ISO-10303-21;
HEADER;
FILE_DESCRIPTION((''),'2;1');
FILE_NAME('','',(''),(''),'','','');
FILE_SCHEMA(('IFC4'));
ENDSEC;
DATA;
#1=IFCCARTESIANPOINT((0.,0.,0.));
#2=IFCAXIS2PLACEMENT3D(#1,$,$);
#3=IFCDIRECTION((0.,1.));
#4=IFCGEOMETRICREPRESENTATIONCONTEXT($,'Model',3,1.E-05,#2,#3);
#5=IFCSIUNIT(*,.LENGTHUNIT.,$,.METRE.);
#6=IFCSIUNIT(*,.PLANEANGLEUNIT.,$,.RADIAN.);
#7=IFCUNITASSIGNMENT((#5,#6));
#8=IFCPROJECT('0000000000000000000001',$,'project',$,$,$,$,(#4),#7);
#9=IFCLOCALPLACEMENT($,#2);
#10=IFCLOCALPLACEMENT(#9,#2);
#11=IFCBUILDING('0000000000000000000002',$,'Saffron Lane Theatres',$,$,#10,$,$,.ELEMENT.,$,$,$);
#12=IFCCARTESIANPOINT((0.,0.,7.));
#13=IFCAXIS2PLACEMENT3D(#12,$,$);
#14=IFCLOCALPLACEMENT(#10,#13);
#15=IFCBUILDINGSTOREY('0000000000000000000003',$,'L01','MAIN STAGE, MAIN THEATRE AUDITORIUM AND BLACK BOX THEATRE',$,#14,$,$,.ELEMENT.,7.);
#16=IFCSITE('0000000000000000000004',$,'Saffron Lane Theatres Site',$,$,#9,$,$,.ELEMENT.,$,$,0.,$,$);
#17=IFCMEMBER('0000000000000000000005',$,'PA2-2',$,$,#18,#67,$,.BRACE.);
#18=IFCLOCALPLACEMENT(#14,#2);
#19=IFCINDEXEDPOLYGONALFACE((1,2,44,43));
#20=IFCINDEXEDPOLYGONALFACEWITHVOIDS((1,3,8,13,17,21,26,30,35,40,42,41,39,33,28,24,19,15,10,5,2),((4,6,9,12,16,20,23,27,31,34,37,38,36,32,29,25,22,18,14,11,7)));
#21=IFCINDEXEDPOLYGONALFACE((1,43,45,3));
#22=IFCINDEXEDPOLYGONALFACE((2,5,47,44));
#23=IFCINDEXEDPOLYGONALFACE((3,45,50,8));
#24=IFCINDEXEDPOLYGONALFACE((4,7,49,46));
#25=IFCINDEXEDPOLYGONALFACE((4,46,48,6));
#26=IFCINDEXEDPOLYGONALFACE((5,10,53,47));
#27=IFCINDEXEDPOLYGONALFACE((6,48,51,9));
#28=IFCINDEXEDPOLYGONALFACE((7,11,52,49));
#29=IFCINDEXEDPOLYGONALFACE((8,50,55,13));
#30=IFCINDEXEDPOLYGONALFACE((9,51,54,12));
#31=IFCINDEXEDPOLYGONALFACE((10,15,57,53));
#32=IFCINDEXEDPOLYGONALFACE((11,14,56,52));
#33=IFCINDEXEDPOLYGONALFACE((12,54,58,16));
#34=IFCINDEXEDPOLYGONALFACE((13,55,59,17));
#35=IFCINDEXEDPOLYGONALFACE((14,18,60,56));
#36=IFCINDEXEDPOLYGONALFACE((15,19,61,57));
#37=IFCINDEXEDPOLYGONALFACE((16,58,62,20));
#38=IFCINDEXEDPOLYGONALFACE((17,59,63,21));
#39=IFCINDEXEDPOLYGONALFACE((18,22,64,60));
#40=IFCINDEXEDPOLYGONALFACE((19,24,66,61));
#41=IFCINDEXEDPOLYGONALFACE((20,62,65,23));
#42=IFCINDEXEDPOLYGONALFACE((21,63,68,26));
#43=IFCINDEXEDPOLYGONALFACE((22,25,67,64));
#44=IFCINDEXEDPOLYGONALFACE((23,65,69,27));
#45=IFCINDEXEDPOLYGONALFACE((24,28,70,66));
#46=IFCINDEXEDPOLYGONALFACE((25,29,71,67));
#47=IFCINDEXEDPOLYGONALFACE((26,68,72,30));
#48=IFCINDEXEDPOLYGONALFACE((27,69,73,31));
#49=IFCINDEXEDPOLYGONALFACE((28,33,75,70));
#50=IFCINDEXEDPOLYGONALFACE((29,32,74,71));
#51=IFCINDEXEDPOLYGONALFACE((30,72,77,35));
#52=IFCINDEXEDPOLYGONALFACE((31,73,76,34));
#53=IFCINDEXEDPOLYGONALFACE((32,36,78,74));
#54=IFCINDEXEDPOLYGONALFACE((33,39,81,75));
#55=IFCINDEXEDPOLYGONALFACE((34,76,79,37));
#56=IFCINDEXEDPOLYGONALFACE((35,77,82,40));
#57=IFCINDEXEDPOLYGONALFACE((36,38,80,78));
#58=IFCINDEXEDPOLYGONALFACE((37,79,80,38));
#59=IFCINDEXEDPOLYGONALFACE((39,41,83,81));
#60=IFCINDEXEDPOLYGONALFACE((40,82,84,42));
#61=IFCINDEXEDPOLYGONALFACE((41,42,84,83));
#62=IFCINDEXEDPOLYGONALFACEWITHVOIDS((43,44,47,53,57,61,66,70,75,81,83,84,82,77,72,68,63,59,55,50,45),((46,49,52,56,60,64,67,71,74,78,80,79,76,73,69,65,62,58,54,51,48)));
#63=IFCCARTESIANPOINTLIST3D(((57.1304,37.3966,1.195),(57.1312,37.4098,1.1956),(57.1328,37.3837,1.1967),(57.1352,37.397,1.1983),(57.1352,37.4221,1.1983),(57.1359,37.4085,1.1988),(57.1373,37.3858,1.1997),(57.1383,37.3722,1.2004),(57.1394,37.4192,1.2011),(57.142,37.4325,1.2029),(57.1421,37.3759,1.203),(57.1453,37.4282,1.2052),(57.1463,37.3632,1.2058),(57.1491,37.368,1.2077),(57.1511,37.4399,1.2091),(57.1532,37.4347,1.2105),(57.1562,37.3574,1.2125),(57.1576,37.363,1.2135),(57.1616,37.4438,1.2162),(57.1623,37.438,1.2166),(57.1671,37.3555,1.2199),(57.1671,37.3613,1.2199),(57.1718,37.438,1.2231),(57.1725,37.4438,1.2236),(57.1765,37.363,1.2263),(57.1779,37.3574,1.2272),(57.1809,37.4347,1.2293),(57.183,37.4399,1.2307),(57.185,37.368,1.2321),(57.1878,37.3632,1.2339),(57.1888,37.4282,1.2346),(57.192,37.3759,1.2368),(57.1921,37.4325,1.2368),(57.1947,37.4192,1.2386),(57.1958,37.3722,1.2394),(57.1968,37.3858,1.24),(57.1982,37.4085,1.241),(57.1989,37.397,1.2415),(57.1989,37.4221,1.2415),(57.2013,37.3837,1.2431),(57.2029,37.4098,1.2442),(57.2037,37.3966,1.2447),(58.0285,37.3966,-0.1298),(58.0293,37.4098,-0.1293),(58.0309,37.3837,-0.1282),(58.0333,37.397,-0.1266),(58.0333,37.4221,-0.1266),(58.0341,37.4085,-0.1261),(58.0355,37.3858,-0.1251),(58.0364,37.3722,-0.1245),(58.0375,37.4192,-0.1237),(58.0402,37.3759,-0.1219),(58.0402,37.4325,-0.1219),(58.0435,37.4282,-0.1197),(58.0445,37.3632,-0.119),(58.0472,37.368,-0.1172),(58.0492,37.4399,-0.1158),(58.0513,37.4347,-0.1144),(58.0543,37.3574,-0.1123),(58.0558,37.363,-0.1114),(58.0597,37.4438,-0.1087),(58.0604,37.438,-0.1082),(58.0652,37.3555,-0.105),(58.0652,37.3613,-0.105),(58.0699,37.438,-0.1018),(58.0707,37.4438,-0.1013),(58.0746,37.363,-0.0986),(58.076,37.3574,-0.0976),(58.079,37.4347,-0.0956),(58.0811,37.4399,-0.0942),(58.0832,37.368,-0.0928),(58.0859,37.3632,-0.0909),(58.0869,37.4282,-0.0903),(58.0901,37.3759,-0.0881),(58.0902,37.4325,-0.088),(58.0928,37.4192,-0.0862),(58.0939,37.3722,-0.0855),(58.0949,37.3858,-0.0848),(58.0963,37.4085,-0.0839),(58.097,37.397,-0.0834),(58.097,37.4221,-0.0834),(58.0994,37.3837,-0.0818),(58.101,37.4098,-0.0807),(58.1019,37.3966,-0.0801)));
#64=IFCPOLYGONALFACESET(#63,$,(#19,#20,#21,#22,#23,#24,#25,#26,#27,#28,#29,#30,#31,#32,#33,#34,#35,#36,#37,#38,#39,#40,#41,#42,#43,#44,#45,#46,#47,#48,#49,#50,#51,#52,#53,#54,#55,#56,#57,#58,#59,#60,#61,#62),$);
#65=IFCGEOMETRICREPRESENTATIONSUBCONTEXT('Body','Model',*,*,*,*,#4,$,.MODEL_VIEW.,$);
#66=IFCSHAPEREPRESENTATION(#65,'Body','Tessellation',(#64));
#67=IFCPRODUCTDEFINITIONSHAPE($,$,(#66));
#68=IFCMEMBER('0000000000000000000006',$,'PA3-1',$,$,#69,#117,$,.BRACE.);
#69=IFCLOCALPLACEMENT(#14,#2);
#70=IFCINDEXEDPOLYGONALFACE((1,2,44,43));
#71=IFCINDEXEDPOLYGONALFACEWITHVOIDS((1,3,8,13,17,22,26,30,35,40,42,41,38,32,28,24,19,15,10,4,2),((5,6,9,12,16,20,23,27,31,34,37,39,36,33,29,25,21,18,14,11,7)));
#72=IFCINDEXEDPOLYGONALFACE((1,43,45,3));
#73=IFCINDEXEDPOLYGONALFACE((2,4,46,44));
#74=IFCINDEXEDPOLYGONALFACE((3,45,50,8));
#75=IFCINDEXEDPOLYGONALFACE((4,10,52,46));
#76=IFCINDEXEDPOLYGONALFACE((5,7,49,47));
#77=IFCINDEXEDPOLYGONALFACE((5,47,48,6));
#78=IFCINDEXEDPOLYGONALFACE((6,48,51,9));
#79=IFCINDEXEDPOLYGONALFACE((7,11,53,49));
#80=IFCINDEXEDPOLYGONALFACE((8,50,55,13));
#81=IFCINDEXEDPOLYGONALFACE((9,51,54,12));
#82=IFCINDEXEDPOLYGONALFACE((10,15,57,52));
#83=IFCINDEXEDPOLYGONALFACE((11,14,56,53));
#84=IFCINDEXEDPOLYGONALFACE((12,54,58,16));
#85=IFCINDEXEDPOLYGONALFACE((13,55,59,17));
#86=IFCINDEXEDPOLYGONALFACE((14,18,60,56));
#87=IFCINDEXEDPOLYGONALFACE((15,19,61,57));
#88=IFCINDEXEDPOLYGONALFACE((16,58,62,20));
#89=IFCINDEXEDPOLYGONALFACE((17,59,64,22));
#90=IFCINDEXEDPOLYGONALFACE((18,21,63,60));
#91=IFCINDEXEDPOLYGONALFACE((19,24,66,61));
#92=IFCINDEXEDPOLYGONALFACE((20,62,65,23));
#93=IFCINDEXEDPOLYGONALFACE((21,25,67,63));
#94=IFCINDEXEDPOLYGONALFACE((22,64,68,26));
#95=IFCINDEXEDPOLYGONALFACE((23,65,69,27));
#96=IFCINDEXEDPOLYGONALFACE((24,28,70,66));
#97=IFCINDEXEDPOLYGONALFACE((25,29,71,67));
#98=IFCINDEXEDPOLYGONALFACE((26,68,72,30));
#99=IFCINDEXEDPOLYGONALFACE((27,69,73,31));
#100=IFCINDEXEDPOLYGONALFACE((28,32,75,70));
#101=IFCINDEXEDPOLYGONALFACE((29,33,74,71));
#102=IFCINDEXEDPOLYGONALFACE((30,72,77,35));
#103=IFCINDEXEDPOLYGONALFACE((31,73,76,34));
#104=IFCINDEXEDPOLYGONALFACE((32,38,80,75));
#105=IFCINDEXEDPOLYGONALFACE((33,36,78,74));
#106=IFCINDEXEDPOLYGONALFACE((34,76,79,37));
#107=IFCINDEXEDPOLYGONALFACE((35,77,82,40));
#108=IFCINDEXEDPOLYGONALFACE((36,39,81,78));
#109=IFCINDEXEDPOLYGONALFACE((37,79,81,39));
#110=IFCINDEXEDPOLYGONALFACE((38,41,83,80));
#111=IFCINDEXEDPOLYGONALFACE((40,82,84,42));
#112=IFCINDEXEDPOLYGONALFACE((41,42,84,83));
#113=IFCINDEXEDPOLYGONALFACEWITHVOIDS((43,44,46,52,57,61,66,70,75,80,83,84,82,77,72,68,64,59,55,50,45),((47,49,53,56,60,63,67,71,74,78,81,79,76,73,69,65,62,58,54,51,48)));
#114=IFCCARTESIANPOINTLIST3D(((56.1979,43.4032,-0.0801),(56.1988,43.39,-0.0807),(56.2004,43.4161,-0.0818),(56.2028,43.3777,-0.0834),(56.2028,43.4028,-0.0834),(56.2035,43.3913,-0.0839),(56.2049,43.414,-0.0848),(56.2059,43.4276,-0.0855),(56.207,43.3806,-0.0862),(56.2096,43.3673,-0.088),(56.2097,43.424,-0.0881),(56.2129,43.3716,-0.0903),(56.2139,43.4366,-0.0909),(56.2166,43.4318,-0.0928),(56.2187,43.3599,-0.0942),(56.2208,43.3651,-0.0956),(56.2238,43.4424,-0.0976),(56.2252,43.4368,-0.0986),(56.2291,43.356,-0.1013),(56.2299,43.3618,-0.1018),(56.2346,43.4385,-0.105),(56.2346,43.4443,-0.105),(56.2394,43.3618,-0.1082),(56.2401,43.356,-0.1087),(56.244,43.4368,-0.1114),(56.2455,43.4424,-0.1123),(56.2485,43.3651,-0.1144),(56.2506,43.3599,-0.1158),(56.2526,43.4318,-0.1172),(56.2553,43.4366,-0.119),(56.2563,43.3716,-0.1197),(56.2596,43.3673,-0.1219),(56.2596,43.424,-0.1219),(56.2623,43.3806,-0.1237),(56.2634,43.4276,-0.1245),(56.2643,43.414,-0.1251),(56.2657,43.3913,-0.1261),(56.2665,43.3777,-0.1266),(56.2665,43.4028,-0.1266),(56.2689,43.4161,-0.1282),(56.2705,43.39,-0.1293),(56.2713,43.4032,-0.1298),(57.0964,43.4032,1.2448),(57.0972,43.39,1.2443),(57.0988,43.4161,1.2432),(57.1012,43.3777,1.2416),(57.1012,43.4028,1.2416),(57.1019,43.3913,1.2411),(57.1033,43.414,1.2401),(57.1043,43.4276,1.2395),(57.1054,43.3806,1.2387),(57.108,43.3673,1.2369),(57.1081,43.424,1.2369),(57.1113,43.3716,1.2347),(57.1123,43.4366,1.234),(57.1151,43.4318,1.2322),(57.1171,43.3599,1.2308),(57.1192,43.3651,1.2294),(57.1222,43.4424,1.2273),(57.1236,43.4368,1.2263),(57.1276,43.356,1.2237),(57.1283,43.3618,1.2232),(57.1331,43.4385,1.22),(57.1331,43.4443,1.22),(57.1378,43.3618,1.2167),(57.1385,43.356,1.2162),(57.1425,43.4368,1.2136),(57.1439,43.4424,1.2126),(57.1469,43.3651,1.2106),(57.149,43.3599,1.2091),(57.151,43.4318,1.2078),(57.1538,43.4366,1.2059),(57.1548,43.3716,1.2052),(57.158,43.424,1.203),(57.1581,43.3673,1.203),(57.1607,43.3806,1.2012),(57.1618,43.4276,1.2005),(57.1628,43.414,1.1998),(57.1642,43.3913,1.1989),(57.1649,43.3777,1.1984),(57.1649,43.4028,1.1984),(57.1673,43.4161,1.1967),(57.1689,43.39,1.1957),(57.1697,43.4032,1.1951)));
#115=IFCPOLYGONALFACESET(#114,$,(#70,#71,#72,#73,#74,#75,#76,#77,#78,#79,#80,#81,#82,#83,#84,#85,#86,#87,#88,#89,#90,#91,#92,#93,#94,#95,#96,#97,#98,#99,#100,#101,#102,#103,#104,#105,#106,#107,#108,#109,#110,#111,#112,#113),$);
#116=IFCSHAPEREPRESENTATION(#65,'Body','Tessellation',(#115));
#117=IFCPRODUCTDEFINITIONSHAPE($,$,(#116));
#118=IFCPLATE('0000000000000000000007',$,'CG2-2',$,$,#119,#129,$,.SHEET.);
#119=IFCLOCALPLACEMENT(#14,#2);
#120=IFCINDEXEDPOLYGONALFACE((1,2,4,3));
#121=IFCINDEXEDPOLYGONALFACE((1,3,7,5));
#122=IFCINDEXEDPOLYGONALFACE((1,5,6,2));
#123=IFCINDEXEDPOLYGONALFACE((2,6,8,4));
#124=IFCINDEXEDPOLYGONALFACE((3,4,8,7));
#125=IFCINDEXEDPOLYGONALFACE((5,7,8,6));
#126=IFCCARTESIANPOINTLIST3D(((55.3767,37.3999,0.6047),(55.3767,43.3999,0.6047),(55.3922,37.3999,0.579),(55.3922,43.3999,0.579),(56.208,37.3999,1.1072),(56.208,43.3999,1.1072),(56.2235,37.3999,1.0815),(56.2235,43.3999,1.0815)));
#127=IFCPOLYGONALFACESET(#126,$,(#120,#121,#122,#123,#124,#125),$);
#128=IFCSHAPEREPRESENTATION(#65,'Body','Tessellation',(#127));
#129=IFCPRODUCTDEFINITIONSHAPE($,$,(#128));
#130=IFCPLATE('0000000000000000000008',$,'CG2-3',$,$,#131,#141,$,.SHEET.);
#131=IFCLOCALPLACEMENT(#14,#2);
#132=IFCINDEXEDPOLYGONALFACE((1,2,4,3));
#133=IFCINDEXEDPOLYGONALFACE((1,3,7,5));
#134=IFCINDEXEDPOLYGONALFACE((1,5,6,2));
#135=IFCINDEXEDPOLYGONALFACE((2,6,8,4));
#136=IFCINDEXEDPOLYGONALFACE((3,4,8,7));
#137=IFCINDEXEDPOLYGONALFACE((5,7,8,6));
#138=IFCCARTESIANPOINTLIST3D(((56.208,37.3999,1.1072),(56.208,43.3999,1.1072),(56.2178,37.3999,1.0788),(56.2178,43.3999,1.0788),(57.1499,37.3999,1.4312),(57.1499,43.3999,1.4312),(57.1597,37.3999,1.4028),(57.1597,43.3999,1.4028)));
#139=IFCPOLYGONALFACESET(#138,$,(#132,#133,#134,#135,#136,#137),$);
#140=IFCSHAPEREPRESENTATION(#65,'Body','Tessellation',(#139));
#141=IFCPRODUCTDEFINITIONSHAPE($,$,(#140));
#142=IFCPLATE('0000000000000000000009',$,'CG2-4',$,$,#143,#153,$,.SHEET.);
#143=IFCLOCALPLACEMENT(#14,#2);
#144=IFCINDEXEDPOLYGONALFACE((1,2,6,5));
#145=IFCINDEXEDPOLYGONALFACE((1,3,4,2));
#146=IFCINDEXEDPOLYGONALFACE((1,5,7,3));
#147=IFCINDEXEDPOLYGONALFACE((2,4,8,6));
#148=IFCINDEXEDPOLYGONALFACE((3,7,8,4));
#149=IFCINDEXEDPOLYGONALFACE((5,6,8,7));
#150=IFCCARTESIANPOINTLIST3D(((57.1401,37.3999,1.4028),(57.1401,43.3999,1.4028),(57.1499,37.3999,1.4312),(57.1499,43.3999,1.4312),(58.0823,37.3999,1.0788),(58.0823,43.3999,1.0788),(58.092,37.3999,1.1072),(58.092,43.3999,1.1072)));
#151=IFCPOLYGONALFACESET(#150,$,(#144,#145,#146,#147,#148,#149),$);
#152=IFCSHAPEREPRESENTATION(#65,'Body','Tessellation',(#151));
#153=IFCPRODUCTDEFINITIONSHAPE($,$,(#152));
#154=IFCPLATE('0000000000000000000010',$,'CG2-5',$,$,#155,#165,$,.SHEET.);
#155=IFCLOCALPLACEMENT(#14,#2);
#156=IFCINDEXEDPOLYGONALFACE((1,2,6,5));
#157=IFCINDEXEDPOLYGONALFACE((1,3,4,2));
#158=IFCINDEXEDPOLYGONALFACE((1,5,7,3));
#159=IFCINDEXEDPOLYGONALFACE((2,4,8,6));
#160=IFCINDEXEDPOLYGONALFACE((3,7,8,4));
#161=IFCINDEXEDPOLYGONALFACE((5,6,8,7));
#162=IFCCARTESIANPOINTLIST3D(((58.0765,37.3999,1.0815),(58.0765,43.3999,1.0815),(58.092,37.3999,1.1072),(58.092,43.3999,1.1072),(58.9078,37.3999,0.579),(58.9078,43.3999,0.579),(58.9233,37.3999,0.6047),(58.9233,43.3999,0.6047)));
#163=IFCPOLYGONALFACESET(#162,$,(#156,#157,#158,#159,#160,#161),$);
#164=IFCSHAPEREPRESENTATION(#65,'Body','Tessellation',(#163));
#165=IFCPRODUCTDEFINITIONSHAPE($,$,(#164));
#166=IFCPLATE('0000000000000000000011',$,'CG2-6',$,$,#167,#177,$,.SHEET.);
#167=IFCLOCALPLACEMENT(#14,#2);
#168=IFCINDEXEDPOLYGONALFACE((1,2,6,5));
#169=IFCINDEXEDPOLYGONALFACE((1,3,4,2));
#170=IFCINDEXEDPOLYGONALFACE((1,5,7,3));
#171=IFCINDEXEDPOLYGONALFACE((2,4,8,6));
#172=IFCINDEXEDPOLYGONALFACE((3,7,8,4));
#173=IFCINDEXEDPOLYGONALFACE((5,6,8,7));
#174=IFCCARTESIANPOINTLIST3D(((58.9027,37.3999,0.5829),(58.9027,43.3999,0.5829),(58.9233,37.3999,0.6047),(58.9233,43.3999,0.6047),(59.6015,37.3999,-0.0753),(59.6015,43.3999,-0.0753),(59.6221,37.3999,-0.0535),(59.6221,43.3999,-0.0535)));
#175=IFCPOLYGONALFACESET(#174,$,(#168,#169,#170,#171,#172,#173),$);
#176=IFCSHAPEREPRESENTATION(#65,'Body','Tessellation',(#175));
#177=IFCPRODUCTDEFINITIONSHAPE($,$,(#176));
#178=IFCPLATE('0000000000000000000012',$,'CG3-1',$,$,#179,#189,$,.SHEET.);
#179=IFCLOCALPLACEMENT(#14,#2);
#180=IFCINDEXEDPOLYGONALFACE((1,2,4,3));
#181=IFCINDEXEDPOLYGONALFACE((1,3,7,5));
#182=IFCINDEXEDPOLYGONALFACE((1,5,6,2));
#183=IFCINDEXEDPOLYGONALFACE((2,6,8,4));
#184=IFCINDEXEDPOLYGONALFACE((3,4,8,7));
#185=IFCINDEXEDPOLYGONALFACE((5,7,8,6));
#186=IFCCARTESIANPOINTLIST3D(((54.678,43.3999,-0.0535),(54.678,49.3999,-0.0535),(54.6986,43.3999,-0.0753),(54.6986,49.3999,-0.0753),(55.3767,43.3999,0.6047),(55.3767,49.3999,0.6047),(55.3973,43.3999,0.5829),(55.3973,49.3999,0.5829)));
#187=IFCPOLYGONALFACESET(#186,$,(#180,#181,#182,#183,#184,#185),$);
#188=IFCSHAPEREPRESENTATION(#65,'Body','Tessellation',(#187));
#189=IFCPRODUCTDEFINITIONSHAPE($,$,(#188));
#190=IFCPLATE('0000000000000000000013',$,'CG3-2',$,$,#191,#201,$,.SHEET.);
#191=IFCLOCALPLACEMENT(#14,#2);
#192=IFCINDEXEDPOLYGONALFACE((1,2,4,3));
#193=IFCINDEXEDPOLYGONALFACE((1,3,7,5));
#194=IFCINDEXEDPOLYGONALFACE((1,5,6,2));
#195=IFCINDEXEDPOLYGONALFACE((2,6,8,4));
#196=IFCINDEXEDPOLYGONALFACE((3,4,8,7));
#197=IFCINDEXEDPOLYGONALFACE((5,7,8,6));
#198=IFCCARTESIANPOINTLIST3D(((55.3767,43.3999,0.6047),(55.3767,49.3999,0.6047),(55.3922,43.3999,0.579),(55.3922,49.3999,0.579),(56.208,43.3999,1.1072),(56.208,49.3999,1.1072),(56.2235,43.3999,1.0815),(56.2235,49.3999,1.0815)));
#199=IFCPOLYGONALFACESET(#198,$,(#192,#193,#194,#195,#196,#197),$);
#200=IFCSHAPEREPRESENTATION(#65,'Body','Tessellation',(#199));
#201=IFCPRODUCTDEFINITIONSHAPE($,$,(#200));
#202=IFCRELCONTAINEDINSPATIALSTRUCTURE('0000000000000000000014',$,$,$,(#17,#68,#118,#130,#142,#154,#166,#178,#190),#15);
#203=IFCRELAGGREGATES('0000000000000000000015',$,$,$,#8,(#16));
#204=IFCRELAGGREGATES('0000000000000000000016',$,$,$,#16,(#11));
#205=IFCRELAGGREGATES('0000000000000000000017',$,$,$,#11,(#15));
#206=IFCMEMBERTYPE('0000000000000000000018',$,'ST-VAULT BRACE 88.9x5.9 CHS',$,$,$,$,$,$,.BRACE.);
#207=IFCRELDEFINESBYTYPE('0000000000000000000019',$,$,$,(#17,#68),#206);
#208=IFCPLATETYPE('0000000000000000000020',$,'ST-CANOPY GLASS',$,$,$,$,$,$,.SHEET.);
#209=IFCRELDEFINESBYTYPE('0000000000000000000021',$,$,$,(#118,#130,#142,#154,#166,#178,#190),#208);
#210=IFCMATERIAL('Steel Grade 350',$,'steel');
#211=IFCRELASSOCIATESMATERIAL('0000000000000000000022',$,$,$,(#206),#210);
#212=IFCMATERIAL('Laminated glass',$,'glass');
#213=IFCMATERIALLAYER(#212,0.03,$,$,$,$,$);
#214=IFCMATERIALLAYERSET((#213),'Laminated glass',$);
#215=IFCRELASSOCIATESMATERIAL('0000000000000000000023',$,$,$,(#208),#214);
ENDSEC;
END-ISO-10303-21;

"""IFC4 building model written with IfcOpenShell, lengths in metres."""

from ifc_helpers import new_model, si_unit, direction, frame, origin, origin_2d, place, context, subcontext, project, spatial, polyline, hollow_circle, outline, extrude, material, layer, layer_set, material_profile, profile_set, type_object, element, save


model = new_model("IFC4")

# Units and contexts
model_context = context("Model", 3, precision=1e-05, world=origin(), true_north=direction((0.0, 1.0)))
body_context = subcontext(model_context, "Body", "Model", "MODEL_VIEW")
ifc_project = project(units=[si_unit("LENGTHUNIT", "METRE"), si_unit("PLANEANGLEUNIT", "RADIAN")], contexts=[model_context])

# Site, building, storey
site_placement = place(None, origin())
site = spatial("IfcSite", under=ifc_project, at=site_placement, Name="Saffron Lane Theatres Site", CompositionType="ELEMENT", RefElevation=0.0)
building_placement = place(site_placement, origin())
building = spatial("IfcBuilding", under=site, at=building_placement, Name="Saffron Lane Theatres", CompositionType="ELEMENT")
storey_placement = place(building_placement, frame((0.0, 0.0, 7.0)))
storey = spatial("IfcBuildingStorey", under=building, at=storey_placement, Name="L01", Description="MAIN STAGE, MAIN THEATRE AUDITORIUM AND BLACK BOX THEATRE", CompositionType="ELEMENT", Elevation=7.0)

# Members
ifc_material_1 = material(Name="Steel Grade 350", Category="steel")
ifc_material_profile_1 = material_profile(ifc_material_1, hollow_circle(Radius=0.0444, WallThickness=0.0059, at=origin_2d()))
ifc_profile_set_1 = profile_set([ifc_material_profile_1], Name="Steel Grade 350")
member_type = type_object("IfcMemberType", Name="ST-VAULT BRACE 88.9x5.9 CHS", PredefinedType="BRACE", material=ifc_profile_set_1)
member_1_placement = place(storey_placement, frame((58.0652, 37.3999, -0.105), z_axis=(-0.561125, 0.0, 0.827731), x_axis=(0.0, -1.0, 0.0)))
element("IfcMember", 1, at=member_1_placement, inside=storey, type_object=member_type, Name="PA2-2", PredefinedType="BRACE", context=body_context, shape_type="SweptSolid", body=[
    extrude(hollow_circle(Radius=0.0444, WallThickness=0.0059, at=origin_2d()), origin(), (0.0, 0.0, 1.0), 1.6006),
])
member_2_placement = place(storey_placement, frame((56.2346, 43.3999, -0.105), z_axis=(0.561229, 0.0, 0.82766), x_axis=(0.0, 1.0, 0.0)))
element("IfcMember", 2, at=member_2_placement, inside=storey, type_object=member_type, Name="PA3-1", PredefinedType="BRACE", context=body_context, shape_type="SweptSolid", body=[
    extrude(hollow_circle(Radius=0.0444, WallThickness=0.0059, at=origin_2d()), origin(), (0.0, 0.0, 1.0), 1.6008),
])

# Plates
ifc_material_2 = material(Name="Laminated glass", Category="glass")
ifc_layer_1 = layer(ifc_material_2, 0.03)
ifc_layer_set_1 = layer_set([ifc_layer_1], Name="Laminated glass")
plate_type = type_object("IfcPlateType", Name="ST-CANOPY GLASS", PredefinedType="SHEET", material=ifc_layer_set_1)
plate_1_placement = place(storey_placement, frame((55.3767, 37.3999, 0.6047), z_axis=(-0.517265, 0.0, 0.855825), x_axis=(0.855825, 0.0, 0.517265)))
element("IfcPlate", 3, at=plate_1_placement, inside=storey, type_object=plate_type, Name="CG2-2", PredefinedType="SHEET", context=body_context, shape_type="SweptSolid", body=[
    extrude(outline(polyline([(0.0, 0.0), (0.9713, 0.0), (0.9713, 6.0), (0.0, 6.0), (0.0, 0.0)])), origin(), (0.0, 0.0, -1.0), 0.03),
])
plate_2_placement = place(storey_placement, frame((56.208, 37.3999, 1.1072), z_axis=(-0.325258, 0.0, 0.945625), x_axis=(0.945625, 0.0, 0.325258)))
element("IfcPlate", 4, at=plate_2_placement, inside=storey, type_object=plate_type, Name="CG2-3", PredefinedType="SHEET", context=body_context, shape_type="SweptSolid", body=[
    extrude(outline(polyline([(0.0, 0.0), (0.9961, 0.0), (0.9961, 6.0), (0.0, 6.0), (0.0, 0.0)])), origin(), (0.0, 0.0, -1.0), 0.03),
])
plate_3_placement = place(storey_placement, frame((57.1499, 37.3999, 1.4312), z_axis=(0.325182, 0.0, 0.945651), x_axis=(0.945651, 0.0, -0.325182)))
element("IfcPlate", 5, at=plate_3_placement, inside=storey, type_object=plate_type, Name="CG2-4", PredefinedType="SHEET", context=body_context, shape_type="SweptSolid", body=[
    extrude(outline(polyline([(0.0, 0.0), (0.9963, 0.0), (0.9963, 6.0), (0.0, 6.0), (0.0, 0.0)])), origin(), (0.0, 0.0, -1.0), 0.03),
])
plate_4_placement = place(storey_placement, frame((58.092, 37.3999, 1.1072), z_axis=(0.517265, 0.0, 0.855825), x_axis=(0.855825, 0.0, -0.517265)))
element("IfcPlate", 6, at=plate_4_placement, inside=storey, type_object=plate_type, Name="CG2-5", PredefinedType="SHEET", context=body_context, shape_type="SweptSolid", body=[
    extrude(outline(polyline([(0.0, 0.0), (0.9713, 0.0), (0.9713, 6.0), (0.0, 6.0), (0.0, 0.0)])), origin(), (0.0, 0.0, -1.0), 0.03),
])
for number, where, z_axis, x_axis, name in (
    (7, (58.9233, 37.3999, 0.6047), (0.685682, 0.0, 0.727901), (0.727901, 0.0, -0.685682), "CG2-6"),
    (8, (54.678, 43.3999, -0.0535), (-0.685682, 0.0, 0.727901), (0.727901, 0.0, 0.685682), "CG3-1"),
):
    element("IfcPlate", number, at=place(storey_placement, frame(where, z_axis=z_axis, x_axis=x_axis)), inside=storey, type_object=plate_type, Name=name, PredefinedType="SHEET", context=body_context, shape_type="SweptSolid", body=[
        extrude(outline(polyline([(0.0, 0.0), (0.9599, 0.0), (0.9599, 6.0), (0.0, 6.0), (0.0, 0.0)])), origin(), (0.0, 0.0, -1.0), 0.03),
    ])
plate_5_placement = place(storey_placement, frame((55.3767, 43.3999, 0.6047), z_axis=(-0.517265, 0.0, 0.855825), x_axis=(0.855825, 0.0, 0.517265)))
element("IfcPlate", 9, at=plate_5_placement, inside=storey, type_object=plate_type, Name="CG3-2", PredefinedType="SHEET", context=body_context, shape_type="SweptSolid", body=[
    extrude(outline(polyline([(0.0, 0.0), (0.9713, 0.0), (0.9713, 6.0), (0.0, 6.0), (0.0, 0.0)])), origin(), (0.0, 0.0, -1.0), 0.03),
])

save(model, "model.ifc")
